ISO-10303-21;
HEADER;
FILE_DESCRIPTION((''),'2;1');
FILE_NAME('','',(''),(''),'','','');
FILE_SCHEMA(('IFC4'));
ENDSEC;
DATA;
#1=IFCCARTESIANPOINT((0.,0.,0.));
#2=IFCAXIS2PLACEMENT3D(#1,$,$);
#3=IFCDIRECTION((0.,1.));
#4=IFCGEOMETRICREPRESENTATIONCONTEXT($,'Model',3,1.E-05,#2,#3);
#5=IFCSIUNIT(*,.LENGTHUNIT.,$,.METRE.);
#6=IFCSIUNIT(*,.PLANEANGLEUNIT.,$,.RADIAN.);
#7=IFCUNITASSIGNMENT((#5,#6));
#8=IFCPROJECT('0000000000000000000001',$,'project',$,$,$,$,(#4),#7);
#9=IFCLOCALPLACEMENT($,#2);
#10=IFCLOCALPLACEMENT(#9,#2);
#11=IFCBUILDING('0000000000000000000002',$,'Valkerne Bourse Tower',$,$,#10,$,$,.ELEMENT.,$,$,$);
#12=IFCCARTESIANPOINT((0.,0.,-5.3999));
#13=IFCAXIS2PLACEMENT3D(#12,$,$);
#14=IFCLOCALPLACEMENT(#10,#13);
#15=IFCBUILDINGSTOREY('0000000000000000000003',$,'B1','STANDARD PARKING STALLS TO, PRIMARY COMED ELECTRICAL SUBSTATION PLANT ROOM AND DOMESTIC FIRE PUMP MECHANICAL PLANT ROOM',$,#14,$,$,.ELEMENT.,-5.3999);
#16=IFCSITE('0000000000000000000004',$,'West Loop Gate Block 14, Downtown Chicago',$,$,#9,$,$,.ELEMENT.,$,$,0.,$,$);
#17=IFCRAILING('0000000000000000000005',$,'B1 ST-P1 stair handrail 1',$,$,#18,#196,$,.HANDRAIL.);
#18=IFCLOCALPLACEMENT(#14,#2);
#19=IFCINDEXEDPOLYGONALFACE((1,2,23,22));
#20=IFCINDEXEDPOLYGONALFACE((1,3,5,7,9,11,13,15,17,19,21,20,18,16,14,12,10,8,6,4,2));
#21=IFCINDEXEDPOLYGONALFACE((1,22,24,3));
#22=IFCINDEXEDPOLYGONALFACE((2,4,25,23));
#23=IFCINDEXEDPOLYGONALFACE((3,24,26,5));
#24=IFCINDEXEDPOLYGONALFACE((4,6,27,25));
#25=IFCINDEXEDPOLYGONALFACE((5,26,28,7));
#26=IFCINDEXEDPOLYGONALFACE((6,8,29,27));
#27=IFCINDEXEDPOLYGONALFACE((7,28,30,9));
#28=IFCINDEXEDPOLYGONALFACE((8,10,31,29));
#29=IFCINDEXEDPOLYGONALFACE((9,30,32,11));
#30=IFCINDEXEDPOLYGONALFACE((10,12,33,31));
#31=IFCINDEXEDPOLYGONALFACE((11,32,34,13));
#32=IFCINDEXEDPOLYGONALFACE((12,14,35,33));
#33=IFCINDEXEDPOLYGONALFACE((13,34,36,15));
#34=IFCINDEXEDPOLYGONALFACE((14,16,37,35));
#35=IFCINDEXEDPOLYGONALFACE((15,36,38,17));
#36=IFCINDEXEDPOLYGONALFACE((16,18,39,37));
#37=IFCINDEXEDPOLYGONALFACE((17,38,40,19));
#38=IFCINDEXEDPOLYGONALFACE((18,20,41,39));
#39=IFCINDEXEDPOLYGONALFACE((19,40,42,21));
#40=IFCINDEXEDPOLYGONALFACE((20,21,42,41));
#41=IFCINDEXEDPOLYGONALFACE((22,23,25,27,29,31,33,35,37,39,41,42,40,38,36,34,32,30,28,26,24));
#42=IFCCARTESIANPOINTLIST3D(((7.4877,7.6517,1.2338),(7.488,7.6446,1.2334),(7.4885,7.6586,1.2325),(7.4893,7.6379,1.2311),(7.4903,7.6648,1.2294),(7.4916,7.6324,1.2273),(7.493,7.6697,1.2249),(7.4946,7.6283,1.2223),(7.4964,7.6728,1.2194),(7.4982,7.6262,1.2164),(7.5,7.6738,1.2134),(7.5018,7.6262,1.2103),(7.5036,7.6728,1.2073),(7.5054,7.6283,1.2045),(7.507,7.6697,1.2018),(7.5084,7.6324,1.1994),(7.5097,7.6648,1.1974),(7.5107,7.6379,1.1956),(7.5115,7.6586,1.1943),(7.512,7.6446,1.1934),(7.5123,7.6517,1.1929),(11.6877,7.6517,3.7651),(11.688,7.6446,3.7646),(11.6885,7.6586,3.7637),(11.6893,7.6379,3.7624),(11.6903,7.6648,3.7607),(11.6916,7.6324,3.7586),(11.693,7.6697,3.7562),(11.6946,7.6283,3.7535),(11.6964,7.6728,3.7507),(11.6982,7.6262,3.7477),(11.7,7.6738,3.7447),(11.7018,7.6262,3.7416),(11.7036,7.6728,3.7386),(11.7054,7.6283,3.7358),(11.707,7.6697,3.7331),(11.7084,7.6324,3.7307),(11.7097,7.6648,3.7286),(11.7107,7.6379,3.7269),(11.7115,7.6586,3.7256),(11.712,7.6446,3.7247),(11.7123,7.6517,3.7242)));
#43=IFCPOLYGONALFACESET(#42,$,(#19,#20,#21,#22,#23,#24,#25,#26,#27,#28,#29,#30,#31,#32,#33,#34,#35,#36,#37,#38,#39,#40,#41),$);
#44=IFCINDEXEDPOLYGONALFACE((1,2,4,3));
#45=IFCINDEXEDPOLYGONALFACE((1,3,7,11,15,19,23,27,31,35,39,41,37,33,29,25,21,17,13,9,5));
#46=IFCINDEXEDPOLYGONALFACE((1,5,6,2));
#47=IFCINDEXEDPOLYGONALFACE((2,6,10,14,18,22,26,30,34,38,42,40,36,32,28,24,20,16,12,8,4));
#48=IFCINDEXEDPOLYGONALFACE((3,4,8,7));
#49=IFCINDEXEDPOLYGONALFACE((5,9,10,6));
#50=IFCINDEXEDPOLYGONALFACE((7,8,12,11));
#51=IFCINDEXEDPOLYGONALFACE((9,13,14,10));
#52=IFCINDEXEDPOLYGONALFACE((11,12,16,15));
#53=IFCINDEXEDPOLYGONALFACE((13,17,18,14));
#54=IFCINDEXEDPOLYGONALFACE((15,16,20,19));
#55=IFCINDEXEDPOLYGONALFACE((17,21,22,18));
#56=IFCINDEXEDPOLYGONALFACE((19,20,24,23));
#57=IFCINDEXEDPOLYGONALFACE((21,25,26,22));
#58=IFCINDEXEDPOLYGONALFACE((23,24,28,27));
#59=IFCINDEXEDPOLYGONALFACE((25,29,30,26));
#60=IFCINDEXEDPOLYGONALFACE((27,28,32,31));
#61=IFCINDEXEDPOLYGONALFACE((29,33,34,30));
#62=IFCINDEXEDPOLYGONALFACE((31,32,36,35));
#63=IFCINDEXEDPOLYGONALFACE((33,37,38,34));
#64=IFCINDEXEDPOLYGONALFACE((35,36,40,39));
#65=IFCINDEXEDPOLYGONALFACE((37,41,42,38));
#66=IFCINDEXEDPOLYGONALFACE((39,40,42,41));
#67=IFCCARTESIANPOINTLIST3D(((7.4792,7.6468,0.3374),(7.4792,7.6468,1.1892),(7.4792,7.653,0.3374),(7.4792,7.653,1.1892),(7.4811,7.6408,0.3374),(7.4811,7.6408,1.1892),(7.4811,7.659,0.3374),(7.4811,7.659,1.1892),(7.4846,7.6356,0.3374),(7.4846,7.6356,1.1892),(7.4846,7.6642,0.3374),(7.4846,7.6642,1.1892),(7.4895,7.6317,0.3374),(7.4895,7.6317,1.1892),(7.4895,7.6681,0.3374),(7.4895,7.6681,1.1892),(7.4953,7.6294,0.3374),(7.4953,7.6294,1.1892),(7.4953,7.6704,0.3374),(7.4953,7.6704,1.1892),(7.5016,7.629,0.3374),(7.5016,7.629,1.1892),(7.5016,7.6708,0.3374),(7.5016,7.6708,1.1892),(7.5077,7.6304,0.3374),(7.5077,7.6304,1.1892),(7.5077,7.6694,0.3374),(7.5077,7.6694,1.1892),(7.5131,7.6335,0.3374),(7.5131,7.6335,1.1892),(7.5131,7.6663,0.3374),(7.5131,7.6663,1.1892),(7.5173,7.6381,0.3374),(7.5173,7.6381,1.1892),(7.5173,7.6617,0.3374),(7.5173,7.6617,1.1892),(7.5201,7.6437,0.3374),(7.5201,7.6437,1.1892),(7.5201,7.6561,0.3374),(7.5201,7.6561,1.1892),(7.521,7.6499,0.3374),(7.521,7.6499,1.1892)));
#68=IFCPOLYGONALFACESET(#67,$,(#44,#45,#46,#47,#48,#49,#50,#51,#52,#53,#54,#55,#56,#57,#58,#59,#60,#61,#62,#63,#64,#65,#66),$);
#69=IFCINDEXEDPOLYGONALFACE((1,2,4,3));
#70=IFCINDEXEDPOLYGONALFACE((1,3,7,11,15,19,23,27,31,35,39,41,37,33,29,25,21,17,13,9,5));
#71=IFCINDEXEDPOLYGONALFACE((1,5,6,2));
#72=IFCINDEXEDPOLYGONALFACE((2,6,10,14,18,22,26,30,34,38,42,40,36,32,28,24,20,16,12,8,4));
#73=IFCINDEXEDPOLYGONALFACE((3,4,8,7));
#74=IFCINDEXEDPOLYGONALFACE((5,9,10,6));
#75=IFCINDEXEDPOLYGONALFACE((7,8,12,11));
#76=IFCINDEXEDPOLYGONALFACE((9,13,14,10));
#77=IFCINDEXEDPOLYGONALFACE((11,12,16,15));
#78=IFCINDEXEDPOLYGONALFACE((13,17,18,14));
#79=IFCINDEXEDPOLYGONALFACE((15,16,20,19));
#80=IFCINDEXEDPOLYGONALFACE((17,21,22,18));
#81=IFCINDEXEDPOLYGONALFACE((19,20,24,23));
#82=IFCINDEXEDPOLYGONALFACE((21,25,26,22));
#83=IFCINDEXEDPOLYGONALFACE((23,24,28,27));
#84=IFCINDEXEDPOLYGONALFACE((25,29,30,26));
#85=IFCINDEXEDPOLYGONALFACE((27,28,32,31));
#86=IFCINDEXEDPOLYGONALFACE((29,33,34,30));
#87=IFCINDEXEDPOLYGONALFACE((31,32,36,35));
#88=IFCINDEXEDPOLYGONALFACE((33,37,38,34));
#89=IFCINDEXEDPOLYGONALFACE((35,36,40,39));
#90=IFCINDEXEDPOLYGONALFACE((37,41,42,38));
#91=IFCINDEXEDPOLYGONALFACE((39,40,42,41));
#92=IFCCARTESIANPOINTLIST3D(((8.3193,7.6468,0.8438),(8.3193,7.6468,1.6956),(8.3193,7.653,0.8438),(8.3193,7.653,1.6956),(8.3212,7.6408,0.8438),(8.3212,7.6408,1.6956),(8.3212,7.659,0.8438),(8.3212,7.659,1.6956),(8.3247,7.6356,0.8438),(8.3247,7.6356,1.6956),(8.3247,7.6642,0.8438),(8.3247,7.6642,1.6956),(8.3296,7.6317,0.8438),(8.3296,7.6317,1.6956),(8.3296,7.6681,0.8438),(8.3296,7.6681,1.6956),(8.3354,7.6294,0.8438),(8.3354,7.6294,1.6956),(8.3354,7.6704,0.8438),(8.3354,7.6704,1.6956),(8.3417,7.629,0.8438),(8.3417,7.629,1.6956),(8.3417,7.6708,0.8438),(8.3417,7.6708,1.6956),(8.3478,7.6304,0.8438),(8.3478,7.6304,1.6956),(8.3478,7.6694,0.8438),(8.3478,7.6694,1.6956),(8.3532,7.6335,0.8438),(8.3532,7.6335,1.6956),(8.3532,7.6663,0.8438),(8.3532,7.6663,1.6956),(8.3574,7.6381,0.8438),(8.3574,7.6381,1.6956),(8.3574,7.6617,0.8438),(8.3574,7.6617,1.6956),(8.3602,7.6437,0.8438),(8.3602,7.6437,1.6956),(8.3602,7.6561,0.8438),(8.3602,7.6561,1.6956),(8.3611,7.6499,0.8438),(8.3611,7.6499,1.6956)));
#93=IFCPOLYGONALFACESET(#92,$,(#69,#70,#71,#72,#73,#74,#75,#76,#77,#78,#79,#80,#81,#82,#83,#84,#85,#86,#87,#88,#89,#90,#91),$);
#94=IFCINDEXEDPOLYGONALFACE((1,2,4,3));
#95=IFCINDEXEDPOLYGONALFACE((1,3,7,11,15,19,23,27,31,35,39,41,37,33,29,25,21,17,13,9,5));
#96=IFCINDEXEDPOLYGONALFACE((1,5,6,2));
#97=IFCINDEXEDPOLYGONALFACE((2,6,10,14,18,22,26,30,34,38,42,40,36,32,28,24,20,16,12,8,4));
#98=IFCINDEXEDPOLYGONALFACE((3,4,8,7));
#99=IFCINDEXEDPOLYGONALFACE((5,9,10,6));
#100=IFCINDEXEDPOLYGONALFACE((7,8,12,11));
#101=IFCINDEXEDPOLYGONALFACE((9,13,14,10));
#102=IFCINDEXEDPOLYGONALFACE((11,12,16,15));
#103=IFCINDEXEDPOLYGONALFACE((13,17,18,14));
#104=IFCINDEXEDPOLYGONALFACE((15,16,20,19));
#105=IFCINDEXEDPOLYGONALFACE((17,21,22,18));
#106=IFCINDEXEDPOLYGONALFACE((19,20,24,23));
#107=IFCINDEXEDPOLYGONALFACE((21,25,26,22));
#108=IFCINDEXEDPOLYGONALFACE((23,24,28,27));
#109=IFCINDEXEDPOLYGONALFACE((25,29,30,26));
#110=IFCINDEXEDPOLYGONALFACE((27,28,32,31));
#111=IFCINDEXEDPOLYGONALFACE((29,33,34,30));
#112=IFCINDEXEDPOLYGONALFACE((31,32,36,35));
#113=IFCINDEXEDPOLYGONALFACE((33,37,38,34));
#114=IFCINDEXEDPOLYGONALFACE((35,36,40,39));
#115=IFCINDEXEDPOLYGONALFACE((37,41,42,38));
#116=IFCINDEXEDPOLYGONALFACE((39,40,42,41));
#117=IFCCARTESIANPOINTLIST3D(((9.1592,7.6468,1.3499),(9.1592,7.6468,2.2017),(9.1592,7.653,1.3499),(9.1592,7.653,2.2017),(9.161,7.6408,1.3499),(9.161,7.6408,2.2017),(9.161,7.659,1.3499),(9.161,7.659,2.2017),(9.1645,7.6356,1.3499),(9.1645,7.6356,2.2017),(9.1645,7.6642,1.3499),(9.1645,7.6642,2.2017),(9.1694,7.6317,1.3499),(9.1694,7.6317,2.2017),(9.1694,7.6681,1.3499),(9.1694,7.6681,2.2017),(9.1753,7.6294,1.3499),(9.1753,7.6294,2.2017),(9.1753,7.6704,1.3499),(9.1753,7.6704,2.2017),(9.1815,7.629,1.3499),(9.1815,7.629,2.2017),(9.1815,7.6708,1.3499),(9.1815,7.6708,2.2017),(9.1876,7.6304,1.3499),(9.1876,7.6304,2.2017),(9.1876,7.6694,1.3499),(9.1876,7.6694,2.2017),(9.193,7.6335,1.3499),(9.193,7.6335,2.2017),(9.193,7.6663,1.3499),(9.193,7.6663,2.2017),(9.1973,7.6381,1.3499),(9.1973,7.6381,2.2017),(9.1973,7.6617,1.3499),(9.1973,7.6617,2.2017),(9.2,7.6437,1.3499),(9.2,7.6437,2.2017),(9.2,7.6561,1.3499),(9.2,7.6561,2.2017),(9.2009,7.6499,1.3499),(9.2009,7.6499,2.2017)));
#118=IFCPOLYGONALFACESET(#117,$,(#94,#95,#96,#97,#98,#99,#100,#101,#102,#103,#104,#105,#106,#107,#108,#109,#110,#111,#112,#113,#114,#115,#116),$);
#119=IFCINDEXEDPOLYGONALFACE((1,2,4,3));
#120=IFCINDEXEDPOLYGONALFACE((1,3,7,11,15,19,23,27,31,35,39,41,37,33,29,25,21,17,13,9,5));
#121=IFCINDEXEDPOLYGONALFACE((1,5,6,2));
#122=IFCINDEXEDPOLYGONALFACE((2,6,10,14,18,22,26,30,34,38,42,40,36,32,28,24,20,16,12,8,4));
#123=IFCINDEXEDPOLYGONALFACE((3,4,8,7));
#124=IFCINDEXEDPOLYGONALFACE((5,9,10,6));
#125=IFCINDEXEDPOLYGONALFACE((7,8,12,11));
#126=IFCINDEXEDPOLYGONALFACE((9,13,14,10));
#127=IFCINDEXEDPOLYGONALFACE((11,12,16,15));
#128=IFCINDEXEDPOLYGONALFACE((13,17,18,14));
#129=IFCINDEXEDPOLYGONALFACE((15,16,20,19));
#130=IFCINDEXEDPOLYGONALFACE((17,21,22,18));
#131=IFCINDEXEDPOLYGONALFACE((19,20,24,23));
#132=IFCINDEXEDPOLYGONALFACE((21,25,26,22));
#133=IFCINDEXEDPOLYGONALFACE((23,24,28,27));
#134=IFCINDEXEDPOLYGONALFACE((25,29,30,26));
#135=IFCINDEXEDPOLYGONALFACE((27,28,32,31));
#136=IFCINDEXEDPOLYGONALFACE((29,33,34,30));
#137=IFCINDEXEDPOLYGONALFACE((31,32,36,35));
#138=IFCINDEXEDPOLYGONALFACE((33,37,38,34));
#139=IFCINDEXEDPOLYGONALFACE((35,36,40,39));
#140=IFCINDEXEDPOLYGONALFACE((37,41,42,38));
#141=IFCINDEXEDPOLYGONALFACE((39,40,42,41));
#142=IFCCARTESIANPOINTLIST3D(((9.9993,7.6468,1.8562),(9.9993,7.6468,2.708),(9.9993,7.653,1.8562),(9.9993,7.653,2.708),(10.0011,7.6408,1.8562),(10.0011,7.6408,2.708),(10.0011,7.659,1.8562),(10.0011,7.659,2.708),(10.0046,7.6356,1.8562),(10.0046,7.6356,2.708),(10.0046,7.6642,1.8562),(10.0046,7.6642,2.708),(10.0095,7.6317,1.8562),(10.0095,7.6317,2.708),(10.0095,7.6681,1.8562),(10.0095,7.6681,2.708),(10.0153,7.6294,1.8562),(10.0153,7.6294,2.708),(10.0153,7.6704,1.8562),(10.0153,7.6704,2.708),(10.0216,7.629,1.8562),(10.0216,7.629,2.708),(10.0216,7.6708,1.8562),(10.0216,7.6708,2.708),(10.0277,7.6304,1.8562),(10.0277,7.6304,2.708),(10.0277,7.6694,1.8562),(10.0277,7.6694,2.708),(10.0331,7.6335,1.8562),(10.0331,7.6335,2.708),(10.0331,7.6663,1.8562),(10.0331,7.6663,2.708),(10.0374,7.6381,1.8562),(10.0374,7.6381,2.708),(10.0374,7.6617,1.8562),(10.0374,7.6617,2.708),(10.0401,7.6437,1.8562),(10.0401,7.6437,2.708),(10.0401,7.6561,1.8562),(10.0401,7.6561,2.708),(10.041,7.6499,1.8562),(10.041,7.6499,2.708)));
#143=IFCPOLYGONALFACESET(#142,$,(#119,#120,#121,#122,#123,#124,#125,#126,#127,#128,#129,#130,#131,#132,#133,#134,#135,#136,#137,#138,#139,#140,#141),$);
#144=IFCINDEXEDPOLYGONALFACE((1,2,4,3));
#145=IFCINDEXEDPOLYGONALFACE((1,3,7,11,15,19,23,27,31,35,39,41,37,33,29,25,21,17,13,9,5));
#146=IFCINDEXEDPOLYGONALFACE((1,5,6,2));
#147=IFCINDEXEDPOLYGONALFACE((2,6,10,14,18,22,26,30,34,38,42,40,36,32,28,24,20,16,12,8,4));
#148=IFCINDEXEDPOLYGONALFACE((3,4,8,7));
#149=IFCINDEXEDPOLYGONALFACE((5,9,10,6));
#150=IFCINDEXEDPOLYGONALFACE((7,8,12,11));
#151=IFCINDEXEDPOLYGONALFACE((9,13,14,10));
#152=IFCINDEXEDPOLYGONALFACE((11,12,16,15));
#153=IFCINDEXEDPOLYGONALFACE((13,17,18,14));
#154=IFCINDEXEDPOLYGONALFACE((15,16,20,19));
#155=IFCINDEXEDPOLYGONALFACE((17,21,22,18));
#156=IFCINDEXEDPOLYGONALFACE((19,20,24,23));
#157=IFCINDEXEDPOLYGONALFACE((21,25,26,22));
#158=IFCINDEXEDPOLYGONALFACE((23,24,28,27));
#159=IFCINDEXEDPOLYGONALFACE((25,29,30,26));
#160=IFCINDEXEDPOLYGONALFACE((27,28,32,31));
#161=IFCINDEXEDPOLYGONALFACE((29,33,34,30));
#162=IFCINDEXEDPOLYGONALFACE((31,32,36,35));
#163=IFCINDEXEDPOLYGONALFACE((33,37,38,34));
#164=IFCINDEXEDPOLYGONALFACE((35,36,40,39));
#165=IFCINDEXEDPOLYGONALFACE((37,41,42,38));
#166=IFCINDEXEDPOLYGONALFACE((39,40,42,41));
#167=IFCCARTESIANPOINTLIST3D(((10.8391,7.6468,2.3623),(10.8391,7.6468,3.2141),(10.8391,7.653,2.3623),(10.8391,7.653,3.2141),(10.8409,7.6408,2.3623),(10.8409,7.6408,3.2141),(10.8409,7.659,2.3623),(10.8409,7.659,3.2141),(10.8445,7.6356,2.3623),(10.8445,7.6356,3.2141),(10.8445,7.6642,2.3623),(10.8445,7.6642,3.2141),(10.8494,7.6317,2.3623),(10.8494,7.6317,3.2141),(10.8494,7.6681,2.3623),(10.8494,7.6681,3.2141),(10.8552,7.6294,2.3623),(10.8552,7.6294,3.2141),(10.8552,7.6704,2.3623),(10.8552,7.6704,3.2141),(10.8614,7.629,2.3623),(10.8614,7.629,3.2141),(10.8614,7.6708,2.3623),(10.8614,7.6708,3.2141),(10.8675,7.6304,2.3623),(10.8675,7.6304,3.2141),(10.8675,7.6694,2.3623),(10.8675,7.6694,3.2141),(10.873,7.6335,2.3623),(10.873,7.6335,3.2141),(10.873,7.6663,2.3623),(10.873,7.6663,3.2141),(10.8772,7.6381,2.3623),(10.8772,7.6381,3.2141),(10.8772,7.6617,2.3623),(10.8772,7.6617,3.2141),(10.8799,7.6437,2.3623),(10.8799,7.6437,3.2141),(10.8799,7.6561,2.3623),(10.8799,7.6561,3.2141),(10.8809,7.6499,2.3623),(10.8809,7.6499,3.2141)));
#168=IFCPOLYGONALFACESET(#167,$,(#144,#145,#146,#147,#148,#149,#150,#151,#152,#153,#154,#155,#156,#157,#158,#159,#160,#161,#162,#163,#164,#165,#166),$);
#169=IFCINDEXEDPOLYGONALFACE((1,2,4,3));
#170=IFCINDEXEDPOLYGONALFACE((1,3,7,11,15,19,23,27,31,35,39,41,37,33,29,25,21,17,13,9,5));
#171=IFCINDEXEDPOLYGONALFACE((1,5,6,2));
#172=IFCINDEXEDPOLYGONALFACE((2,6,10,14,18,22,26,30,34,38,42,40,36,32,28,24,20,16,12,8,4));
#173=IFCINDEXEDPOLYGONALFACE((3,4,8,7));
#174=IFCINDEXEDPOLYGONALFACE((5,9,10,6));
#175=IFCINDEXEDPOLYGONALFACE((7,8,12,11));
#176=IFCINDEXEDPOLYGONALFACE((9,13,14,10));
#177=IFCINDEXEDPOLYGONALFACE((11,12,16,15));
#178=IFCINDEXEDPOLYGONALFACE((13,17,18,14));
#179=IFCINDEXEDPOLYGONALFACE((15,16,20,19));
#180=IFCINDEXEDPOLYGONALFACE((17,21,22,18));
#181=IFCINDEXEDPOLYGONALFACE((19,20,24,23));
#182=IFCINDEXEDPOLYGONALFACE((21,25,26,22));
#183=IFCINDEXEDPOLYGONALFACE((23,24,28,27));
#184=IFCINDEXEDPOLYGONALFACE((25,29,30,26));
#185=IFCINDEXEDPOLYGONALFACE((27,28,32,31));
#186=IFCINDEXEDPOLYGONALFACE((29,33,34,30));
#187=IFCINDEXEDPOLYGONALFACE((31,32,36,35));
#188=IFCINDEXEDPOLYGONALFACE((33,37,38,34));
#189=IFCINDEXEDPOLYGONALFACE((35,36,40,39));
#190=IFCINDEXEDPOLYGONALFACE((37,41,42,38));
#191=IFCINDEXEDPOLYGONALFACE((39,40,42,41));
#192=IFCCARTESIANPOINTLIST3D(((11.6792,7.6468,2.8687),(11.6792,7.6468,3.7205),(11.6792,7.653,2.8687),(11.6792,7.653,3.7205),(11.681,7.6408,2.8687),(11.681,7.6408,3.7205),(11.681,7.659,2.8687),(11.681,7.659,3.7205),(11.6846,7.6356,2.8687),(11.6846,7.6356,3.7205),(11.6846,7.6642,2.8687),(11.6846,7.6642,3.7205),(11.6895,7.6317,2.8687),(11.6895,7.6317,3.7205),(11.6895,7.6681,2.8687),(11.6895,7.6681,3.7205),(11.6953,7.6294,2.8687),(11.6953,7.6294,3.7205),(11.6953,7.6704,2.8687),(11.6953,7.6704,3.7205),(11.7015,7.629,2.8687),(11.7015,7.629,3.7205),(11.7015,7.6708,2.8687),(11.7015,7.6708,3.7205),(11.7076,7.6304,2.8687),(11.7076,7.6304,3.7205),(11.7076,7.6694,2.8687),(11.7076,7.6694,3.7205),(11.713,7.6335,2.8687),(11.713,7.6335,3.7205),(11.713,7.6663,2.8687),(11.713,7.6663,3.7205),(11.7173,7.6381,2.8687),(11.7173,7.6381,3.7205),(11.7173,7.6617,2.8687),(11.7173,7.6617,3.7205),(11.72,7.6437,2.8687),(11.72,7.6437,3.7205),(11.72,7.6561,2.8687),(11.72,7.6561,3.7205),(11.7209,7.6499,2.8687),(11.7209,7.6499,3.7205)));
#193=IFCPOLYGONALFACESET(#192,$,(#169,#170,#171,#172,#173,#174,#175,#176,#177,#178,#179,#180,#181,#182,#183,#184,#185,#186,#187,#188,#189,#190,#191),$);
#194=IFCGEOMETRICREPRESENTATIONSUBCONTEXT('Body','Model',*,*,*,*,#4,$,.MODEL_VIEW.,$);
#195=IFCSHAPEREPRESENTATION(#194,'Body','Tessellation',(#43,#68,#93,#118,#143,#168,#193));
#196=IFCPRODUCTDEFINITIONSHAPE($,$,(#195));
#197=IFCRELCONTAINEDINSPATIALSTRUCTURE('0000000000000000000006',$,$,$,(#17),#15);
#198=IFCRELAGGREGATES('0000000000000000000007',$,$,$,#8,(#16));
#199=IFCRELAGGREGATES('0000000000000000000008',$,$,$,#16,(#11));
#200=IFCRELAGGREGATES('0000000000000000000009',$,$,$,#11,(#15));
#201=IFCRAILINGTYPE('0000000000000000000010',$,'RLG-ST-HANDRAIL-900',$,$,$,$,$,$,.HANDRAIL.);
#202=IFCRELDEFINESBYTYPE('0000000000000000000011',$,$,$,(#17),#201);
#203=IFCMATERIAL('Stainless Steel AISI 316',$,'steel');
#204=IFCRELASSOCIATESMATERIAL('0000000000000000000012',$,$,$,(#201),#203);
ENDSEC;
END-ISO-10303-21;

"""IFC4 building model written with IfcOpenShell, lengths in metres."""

from ifc_helpers import new_model, si_unit, direction, frame, origin, origin_2d, place, context, subcontext, project, spatial, circle, extrude, material, type_object, element, save


model = new_model("IFC4")

# Units and contexts
model_context = context("Model", 3, precision=1e-05, world=origin(), true_north=direction((0.0, 1.0)))
body_context = subcontext(model_context, "Body", "Model", "MODEL_VIEW")
ifc_project = project(units=[si_unit("LENGTHUNIT", "METRE"), si_unit("PLANEANGLEUNIT", "RADIAN")], contexts=[model_context])

# Site, building, storey
site_placement = place(None, origin())
site = spatial("IfcSite", under=ifc_project, at=site_placement, Name="West Loop Gate Block 14, Downtown Chicago", CompositionType="ELEMENT", RefElevation=0.0)
building_placement = place(site_placement, origin())
building = spatial("IfcBuilding", under=site, at=building_placement, Name="Valkerne Bourse Tower", CompositionType="ELEMENT")
storey_placement = place(building_placement, frame((0.0, 0.0, -5.3999)))
storey = spatial("IfcBuildingStorey", under=building, at=storey_placement, Name="B1", Description="STANDARD PARKING STALLS TO, PRIMARY COMED ELECTRICAL SUBSTATION PLANT ROOM AND DOMESTIC FIRE PUMP MECHANICAL PLANT ROOM", CompositionType="ELEMENT", Elevation=-5.3999)

# Railing
ifc_material_1 = material(Name="Stainless Steel AISI 316", Category="steel")
railing_type_1 = type_object("IfcRailingType", Name="RLG-ST-HANDRAIL-900", PredefinedType="HANDRAIL", material=ifc_material_1)
railing_1_placement = place(storey_placement, frame((7.5, 7.6499, 0.3374)))
element("IfcRailing", 1, at=railing_1_placement, inside=storey, type_object=railing_type_1, Name="B1 ST-P1 stair handrail 1", PredefinedType="HANDRAIL", context=body_context, shape_type="SweptSolid", body=[
    extrude(circle(Radius=0.0239, at=origin_2d()), frame((0.0, 0.0, 0.876), z_axis=(0.856476, 0.0, 0.516186), x_axis=(0.0, 1.0, 0.0)), (0.0, 0.0, 1.0), 4.9038),
    extrude(circle(Radius=0.021, at=origin_2d()), origin(), (0.0, 0.0, 1.0), 0.8518),
    extrude(circle(Radius=0.021, at=origin_2d()), frame((0.8401, 0.0, 0.5063)), (0.0, 0.0, 1.0), 0.8518),
    extrude(circle(Radius=0.021, at=origin_2d()), frame((1.6799, 0.0, 1.0125)), (0.0, 0.0, 1.0), 0.8518),
    extrude(circle(Radius=0.021, at=origin_2d()), frame((2.52, 0.0, 1.5188)), (0.0, 0.0, 1.0), 0.8518),
    extrude(circle(Radius=0.021, at=origin_2d()), frame((3.3599, 0.0, 2.0249)), (0.0, 0.0, 1.0), 0.8518),
    extrude(circle(Radius=0.021, at=origin_2d()), frame((4.2, 0.0, 2.5312)), (0.0, 0.0, 1.0), 0.8518),
])

save(model, "model.ifc")
